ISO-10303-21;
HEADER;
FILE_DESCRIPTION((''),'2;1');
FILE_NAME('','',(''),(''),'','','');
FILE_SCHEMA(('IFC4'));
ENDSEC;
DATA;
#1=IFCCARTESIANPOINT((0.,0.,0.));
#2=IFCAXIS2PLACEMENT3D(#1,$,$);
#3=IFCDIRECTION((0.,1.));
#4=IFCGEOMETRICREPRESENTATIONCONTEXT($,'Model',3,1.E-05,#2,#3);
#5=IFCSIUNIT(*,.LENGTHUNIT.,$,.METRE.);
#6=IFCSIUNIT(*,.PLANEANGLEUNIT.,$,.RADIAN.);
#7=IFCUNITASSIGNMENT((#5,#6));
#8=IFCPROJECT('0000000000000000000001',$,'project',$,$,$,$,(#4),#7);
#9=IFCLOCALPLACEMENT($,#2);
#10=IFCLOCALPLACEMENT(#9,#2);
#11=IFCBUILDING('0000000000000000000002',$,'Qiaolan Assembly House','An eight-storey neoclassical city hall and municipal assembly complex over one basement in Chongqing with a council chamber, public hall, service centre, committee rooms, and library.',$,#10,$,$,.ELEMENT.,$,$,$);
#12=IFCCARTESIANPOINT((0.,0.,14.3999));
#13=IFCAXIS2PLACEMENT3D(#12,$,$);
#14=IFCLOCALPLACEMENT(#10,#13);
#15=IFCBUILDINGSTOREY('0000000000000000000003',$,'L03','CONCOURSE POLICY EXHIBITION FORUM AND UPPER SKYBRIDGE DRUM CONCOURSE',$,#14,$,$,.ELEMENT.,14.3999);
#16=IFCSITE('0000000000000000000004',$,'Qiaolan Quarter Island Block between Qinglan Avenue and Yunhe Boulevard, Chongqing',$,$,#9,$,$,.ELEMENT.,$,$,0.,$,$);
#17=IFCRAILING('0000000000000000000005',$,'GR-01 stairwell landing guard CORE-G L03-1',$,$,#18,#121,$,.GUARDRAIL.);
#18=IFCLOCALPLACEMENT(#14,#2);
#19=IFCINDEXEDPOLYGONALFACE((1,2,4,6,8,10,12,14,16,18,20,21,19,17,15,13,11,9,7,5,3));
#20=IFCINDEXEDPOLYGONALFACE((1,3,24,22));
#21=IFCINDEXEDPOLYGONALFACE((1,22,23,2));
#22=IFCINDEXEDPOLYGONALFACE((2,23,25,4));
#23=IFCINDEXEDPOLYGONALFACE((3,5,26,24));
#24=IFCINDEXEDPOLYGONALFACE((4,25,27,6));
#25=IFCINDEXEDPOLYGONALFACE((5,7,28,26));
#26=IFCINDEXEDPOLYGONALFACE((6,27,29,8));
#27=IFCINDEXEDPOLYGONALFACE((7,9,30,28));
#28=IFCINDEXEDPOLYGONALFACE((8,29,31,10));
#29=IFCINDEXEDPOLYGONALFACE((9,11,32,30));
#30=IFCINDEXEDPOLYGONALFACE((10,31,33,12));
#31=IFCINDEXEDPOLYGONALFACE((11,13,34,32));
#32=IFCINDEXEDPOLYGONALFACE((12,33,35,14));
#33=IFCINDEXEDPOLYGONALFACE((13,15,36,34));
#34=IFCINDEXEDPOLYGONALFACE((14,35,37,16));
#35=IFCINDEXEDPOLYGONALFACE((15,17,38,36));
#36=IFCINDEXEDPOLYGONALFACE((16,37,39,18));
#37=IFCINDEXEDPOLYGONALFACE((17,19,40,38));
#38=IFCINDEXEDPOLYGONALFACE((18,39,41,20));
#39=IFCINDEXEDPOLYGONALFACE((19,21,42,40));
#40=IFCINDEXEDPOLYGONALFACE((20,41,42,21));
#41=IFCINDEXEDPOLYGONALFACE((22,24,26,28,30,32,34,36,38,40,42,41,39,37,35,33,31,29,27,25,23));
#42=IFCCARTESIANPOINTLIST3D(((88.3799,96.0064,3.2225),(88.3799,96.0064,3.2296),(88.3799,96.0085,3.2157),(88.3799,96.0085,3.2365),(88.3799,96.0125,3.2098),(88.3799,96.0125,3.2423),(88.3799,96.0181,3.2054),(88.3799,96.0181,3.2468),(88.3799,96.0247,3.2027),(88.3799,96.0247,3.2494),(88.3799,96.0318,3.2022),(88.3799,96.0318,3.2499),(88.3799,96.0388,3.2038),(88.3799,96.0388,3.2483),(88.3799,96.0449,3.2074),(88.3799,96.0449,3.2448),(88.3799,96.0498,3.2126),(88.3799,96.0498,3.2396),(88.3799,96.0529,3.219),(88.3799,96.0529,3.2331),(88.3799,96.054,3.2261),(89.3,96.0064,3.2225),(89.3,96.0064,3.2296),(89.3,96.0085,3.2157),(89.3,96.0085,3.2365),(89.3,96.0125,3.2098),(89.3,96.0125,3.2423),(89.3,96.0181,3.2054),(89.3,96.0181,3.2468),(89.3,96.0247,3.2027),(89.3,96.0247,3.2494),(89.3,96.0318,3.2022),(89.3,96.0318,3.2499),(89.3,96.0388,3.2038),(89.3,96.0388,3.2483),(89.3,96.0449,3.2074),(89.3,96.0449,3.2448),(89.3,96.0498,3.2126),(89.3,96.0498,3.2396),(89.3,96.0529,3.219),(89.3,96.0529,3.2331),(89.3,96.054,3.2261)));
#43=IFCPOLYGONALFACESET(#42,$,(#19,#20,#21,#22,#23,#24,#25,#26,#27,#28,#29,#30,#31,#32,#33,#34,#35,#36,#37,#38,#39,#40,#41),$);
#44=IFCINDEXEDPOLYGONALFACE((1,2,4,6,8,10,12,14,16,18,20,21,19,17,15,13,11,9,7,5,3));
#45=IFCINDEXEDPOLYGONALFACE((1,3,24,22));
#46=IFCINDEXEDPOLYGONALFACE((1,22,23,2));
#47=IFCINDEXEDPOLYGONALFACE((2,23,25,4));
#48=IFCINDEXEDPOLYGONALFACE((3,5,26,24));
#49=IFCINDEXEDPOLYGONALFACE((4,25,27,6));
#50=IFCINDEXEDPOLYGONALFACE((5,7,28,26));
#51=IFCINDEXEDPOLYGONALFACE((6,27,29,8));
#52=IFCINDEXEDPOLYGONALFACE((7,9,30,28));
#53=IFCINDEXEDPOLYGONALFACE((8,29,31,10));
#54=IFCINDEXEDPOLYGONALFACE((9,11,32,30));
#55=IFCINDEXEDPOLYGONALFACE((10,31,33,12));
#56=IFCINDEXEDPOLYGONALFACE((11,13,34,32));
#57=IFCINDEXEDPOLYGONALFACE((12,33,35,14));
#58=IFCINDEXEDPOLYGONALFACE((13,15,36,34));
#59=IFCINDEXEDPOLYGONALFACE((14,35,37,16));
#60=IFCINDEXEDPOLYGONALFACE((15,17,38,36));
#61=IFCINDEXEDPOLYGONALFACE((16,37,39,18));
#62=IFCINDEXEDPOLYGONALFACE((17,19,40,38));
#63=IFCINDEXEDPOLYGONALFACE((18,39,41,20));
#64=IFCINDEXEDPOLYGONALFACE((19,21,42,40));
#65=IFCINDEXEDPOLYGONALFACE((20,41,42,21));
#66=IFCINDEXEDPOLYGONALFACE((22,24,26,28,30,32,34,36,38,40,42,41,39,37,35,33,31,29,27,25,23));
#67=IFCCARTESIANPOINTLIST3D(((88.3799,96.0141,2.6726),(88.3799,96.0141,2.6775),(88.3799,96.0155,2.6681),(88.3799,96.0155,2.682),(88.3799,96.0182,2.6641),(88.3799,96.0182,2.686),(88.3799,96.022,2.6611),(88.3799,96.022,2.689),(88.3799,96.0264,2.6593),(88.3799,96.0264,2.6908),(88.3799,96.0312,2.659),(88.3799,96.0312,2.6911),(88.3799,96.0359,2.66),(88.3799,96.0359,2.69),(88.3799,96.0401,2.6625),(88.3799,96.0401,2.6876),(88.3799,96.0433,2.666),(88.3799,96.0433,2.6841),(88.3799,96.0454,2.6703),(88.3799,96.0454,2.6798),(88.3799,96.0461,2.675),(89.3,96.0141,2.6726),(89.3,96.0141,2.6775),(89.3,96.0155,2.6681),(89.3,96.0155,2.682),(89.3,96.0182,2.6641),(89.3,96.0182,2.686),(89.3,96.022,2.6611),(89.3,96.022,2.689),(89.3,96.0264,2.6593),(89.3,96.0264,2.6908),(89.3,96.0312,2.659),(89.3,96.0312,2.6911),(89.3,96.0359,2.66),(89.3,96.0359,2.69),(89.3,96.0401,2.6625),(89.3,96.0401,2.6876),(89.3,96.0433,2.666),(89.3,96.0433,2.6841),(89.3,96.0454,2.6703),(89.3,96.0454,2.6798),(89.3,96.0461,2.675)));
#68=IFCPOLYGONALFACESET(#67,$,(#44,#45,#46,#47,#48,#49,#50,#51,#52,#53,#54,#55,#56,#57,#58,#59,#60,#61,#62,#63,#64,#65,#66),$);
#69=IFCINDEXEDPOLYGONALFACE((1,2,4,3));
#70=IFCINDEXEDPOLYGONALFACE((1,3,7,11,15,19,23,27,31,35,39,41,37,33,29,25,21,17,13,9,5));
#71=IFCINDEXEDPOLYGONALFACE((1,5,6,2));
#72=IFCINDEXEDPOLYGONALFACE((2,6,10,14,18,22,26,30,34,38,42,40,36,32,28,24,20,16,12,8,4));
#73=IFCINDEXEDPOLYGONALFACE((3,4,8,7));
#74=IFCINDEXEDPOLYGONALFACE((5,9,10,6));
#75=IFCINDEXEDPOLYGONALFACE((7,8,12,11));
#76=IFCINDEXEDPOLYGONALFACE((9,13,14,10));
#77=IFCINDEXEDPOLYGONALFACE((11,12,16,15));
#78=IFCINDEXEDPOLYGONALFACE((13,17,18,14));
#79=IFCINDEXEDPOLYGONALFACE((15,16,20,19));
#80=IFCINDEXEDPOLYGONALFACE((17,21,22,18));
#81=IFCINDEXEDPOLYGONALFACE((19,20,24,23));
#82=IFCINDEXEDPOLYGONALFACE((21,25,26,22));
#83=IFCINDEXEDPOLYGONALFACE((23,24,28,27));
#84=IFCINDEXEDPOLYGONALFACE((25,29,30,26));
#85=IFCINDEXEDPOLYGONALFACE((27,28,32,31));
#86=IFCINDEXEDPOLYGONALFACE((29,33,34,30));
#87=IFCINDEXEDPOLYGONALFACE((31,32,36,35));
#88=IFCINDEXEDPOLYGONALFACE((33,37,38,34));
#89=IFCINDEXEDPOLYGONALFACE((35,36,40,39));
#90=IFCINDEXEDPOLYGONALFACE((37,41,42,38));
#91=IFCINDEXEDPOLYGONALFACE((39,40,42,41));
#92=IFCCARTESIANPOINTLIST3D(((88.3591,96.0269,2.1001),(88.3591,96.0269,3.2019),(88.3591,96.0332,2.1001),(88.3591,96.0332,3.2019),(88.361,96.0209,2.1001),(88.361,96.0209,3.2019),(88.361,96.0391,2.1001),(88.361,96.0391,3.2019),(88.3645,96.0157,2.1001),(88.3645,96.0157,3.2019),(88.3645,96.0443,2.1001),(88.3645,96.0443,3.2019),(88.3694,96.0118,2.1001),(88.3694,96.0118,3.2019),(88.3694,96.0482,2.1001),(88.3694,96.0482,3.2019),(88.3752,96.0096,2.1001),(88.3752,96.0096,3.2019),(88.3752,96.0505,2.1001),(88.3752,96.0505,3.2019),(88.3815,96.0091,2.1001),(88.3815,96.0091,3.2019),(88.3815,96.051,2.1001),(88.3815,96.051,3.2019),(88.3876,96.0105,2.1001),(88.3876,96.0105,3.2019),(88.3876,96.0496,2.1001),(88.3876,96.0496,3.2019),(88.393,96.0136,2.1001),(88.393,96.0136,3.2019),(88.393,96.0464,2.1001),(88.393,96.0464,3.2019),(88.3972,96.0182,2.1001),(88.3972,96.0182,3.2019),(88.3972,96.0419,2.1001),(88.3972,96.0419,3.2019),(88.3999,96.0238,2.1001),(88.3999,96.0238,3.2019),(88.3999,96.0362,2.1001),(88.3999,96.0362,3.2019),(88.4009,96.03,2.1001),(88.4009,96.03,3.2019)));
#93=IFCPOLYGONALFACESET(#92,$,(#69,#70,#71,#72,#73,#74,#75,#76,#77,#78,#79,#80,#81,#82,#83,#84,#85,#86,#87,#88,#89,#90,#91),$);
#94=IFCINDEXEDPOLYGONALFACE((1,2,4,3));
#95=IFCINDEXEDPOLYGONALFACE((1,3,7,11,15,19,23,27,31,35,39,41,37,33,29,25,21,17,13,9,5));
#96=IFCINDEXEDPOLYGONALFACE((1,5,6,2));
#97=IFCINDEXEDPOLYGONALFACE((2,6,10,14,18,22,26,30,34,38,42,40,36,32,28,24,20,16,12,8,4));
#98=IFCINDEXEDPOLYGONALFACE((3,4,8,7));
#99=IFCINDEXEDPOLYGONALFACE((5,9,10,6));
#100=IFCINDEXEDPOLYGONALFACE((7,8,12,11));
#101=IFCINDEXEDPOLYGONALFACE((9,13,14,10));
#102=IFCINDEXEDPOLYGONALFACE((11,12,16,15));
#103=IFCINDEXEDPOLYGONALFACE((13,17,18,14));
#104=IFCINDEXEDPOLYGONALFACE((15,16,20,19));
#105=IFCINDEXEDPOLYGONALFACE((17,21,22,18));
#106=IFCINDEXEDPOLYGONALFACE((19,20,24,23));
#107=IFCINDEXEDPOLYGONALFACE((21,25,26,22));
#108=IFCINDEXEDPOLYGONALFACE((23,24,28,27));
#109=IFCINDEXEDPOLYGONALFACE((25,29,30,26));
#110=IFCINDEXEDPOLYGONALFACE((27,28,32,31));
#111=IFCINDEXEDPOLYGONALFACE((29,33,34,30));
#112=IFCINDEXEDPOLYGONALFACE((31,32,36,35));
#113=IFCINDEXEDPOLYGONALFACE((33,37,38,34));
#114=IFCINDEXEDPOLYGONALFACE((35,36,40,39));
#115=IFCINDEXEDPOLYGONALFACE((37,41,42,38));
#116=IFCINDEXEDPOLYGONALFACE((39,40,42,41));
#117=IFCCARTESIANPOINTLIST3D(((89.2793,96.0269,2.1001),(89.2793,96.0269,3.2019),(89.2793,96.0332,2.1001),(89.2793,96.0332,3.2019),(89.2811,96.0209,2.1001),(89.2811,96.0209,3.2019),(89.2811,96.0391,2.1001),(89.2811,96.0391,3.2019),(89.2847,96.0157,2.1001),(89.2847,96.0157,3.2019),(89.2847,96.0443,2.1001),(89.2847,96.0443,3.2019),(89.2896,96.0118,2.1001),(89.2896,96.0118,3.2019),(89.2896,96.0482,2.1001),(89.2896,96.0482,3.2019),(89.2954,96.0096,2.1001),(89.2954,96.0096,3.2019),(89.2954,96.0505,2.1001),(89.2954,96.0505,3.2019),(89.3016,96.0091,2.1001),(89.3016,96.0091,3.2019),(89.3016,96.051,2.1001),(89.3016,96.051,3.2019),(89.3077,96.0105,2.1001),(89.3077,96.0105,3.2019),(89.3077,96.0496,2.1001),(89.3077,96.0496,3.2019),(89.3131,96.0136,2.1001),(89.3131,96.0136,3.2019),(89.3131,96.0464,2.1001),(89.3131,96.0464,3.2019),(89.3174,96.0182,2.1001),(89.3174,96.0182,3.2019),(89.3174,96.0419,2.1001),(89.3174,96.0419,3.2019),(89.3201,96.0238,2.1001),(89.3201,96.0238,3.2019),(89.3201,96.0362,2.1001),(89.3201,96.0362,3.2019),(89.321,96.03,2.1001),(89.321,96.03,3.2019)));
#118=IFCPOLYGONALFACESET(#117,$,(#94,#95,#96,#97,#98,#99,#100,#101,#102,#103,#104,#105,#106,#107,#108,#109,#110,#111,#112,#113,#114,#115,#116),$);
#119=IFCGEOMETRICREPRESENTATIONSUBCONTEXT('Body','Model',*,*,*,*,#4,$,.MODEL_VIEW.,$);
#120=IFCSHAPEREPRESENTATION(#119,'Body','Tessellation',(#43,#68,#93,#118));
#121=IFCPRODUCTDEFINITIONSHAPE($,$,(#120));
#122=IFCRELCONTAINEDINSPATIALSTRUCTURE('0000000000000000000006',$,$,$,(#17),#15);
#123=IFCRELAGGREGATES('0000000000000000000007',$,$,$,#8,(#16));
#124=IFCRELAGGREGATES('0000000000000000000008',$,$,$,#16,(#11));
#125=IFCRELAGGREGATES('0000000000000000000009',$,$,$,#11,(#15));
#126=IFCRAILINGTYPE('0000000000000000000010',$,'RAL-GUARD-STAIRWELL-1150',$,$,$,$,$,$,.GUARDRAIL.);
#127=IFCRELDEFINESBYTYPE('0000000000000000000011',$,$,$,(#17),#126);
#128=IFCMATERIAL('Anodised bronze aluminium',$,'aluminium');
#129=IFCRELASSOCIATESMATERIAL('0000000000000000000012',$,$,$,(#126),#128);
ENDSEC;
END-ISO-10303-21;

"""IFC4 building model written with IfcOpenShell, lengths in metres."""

from ifc_helpers import new_model, si_unit, direction, frame, origin, origin_2d, place, context, subcontext, project, spatial, circle, extrude, material, type_object, element, save


model = new_model("IFC4")

# Units and contexts
model_context = context("Model", 3, precision=1e-05, world=origin(), true_north=direction((0.0, 1.0)))
body_context = subcontext(model_context, "Body", "Model", "MODEL_VIEW")
ifc_project = project(units=[si_unit("LENGTHUNIT", "METRE"), si_unit("PLANEANGLEUNIT", "RADIAN")], contexts=[model_context])

# Site, building, storey
site_placement = place(None, origin())
site = spatial("IfcSite", under=ifc_project, at=site_placement, Name="Qiaolan Quarter Island Block between Qinglan Avenue and Yunhe Boulevard, Chongqing", CompositionType="ELEMENT", RefElevation=0.0)
building_placement = place(site_placement, origin())
building = spatial("IfcBuilding", under=site, at=building_placement, Name="Qiaolan Assembly House", Description="An eight-storey neoclassical city hall and municipal assembly complex over one basement in Chongqing with a council chamber, public hall, service centre, committee rooms, and library.", CompositionType="ELEMENT")
storey_placement = place(building_placement, frame((0.0, 0.0, 14.3999)))
storey = spatial("IfcBuildingStorey", under=building, at=storey_placement, Name="L03", Description="CONCOURSE POLICY EXHIBITION FORUM AND UPPER SKYBRIDGE DRUM CONCOURSE", CompositionType="ELEMENT", Elevation=14.3999)

# Railing
ifc_material_1 = material(Name="Anodised bronze aluminium", Category="aluminium")
railing_type_1 = type_object("IfcRailingType", Name="RAL-GUARD-STAIRWELL-1150", PredefinedType="GUARDRAIL", material=ifc_material_1)
for number, where, name in (
    (1, (88.3799, 96.03, 2.1001), "GR-01 stairwell landing guard CORE-G L03-1"),
):
    element("IfcRailing", number, at=place(storey_placement, frame(where)), inside=storey, type_object=railing_type_1, Name=name, PredefinedType="GUARDRAIL", context=body_context, shape_type="SweptSolid", body=[
        extrude(circle(Radius=0.0239, at=origin_2d()), frame((0.0, 0.0, 1.126), z_axis=(1.0, 0.0, 0.0), x_axis=(0.0, 1.0, 0.0)), (0.0, 0.0, 1.0), 0.9202),
        extrude(circle(Radius=0.0161, at=origin_2d()), frame((0.0, 0.0, 0.575), z_axis=(1.0, 0.0, 0.0), x_axis=(0.0, 1.0, 0.0)), (0.0, 0.0, 1.0), 0.9202),
        extrude(circle(Radius=0.021, at=origin_2d()), origin(), (0.0, 0.0, 1.0), 1.1018),
        extrude(circle(Radius=0.021, at=origin_2d()), frame((0.9202, 0.0, 0.0)), (0.0, 0.0, 1.0), 1.1018),
    ])

save(model, "model.ifc")
